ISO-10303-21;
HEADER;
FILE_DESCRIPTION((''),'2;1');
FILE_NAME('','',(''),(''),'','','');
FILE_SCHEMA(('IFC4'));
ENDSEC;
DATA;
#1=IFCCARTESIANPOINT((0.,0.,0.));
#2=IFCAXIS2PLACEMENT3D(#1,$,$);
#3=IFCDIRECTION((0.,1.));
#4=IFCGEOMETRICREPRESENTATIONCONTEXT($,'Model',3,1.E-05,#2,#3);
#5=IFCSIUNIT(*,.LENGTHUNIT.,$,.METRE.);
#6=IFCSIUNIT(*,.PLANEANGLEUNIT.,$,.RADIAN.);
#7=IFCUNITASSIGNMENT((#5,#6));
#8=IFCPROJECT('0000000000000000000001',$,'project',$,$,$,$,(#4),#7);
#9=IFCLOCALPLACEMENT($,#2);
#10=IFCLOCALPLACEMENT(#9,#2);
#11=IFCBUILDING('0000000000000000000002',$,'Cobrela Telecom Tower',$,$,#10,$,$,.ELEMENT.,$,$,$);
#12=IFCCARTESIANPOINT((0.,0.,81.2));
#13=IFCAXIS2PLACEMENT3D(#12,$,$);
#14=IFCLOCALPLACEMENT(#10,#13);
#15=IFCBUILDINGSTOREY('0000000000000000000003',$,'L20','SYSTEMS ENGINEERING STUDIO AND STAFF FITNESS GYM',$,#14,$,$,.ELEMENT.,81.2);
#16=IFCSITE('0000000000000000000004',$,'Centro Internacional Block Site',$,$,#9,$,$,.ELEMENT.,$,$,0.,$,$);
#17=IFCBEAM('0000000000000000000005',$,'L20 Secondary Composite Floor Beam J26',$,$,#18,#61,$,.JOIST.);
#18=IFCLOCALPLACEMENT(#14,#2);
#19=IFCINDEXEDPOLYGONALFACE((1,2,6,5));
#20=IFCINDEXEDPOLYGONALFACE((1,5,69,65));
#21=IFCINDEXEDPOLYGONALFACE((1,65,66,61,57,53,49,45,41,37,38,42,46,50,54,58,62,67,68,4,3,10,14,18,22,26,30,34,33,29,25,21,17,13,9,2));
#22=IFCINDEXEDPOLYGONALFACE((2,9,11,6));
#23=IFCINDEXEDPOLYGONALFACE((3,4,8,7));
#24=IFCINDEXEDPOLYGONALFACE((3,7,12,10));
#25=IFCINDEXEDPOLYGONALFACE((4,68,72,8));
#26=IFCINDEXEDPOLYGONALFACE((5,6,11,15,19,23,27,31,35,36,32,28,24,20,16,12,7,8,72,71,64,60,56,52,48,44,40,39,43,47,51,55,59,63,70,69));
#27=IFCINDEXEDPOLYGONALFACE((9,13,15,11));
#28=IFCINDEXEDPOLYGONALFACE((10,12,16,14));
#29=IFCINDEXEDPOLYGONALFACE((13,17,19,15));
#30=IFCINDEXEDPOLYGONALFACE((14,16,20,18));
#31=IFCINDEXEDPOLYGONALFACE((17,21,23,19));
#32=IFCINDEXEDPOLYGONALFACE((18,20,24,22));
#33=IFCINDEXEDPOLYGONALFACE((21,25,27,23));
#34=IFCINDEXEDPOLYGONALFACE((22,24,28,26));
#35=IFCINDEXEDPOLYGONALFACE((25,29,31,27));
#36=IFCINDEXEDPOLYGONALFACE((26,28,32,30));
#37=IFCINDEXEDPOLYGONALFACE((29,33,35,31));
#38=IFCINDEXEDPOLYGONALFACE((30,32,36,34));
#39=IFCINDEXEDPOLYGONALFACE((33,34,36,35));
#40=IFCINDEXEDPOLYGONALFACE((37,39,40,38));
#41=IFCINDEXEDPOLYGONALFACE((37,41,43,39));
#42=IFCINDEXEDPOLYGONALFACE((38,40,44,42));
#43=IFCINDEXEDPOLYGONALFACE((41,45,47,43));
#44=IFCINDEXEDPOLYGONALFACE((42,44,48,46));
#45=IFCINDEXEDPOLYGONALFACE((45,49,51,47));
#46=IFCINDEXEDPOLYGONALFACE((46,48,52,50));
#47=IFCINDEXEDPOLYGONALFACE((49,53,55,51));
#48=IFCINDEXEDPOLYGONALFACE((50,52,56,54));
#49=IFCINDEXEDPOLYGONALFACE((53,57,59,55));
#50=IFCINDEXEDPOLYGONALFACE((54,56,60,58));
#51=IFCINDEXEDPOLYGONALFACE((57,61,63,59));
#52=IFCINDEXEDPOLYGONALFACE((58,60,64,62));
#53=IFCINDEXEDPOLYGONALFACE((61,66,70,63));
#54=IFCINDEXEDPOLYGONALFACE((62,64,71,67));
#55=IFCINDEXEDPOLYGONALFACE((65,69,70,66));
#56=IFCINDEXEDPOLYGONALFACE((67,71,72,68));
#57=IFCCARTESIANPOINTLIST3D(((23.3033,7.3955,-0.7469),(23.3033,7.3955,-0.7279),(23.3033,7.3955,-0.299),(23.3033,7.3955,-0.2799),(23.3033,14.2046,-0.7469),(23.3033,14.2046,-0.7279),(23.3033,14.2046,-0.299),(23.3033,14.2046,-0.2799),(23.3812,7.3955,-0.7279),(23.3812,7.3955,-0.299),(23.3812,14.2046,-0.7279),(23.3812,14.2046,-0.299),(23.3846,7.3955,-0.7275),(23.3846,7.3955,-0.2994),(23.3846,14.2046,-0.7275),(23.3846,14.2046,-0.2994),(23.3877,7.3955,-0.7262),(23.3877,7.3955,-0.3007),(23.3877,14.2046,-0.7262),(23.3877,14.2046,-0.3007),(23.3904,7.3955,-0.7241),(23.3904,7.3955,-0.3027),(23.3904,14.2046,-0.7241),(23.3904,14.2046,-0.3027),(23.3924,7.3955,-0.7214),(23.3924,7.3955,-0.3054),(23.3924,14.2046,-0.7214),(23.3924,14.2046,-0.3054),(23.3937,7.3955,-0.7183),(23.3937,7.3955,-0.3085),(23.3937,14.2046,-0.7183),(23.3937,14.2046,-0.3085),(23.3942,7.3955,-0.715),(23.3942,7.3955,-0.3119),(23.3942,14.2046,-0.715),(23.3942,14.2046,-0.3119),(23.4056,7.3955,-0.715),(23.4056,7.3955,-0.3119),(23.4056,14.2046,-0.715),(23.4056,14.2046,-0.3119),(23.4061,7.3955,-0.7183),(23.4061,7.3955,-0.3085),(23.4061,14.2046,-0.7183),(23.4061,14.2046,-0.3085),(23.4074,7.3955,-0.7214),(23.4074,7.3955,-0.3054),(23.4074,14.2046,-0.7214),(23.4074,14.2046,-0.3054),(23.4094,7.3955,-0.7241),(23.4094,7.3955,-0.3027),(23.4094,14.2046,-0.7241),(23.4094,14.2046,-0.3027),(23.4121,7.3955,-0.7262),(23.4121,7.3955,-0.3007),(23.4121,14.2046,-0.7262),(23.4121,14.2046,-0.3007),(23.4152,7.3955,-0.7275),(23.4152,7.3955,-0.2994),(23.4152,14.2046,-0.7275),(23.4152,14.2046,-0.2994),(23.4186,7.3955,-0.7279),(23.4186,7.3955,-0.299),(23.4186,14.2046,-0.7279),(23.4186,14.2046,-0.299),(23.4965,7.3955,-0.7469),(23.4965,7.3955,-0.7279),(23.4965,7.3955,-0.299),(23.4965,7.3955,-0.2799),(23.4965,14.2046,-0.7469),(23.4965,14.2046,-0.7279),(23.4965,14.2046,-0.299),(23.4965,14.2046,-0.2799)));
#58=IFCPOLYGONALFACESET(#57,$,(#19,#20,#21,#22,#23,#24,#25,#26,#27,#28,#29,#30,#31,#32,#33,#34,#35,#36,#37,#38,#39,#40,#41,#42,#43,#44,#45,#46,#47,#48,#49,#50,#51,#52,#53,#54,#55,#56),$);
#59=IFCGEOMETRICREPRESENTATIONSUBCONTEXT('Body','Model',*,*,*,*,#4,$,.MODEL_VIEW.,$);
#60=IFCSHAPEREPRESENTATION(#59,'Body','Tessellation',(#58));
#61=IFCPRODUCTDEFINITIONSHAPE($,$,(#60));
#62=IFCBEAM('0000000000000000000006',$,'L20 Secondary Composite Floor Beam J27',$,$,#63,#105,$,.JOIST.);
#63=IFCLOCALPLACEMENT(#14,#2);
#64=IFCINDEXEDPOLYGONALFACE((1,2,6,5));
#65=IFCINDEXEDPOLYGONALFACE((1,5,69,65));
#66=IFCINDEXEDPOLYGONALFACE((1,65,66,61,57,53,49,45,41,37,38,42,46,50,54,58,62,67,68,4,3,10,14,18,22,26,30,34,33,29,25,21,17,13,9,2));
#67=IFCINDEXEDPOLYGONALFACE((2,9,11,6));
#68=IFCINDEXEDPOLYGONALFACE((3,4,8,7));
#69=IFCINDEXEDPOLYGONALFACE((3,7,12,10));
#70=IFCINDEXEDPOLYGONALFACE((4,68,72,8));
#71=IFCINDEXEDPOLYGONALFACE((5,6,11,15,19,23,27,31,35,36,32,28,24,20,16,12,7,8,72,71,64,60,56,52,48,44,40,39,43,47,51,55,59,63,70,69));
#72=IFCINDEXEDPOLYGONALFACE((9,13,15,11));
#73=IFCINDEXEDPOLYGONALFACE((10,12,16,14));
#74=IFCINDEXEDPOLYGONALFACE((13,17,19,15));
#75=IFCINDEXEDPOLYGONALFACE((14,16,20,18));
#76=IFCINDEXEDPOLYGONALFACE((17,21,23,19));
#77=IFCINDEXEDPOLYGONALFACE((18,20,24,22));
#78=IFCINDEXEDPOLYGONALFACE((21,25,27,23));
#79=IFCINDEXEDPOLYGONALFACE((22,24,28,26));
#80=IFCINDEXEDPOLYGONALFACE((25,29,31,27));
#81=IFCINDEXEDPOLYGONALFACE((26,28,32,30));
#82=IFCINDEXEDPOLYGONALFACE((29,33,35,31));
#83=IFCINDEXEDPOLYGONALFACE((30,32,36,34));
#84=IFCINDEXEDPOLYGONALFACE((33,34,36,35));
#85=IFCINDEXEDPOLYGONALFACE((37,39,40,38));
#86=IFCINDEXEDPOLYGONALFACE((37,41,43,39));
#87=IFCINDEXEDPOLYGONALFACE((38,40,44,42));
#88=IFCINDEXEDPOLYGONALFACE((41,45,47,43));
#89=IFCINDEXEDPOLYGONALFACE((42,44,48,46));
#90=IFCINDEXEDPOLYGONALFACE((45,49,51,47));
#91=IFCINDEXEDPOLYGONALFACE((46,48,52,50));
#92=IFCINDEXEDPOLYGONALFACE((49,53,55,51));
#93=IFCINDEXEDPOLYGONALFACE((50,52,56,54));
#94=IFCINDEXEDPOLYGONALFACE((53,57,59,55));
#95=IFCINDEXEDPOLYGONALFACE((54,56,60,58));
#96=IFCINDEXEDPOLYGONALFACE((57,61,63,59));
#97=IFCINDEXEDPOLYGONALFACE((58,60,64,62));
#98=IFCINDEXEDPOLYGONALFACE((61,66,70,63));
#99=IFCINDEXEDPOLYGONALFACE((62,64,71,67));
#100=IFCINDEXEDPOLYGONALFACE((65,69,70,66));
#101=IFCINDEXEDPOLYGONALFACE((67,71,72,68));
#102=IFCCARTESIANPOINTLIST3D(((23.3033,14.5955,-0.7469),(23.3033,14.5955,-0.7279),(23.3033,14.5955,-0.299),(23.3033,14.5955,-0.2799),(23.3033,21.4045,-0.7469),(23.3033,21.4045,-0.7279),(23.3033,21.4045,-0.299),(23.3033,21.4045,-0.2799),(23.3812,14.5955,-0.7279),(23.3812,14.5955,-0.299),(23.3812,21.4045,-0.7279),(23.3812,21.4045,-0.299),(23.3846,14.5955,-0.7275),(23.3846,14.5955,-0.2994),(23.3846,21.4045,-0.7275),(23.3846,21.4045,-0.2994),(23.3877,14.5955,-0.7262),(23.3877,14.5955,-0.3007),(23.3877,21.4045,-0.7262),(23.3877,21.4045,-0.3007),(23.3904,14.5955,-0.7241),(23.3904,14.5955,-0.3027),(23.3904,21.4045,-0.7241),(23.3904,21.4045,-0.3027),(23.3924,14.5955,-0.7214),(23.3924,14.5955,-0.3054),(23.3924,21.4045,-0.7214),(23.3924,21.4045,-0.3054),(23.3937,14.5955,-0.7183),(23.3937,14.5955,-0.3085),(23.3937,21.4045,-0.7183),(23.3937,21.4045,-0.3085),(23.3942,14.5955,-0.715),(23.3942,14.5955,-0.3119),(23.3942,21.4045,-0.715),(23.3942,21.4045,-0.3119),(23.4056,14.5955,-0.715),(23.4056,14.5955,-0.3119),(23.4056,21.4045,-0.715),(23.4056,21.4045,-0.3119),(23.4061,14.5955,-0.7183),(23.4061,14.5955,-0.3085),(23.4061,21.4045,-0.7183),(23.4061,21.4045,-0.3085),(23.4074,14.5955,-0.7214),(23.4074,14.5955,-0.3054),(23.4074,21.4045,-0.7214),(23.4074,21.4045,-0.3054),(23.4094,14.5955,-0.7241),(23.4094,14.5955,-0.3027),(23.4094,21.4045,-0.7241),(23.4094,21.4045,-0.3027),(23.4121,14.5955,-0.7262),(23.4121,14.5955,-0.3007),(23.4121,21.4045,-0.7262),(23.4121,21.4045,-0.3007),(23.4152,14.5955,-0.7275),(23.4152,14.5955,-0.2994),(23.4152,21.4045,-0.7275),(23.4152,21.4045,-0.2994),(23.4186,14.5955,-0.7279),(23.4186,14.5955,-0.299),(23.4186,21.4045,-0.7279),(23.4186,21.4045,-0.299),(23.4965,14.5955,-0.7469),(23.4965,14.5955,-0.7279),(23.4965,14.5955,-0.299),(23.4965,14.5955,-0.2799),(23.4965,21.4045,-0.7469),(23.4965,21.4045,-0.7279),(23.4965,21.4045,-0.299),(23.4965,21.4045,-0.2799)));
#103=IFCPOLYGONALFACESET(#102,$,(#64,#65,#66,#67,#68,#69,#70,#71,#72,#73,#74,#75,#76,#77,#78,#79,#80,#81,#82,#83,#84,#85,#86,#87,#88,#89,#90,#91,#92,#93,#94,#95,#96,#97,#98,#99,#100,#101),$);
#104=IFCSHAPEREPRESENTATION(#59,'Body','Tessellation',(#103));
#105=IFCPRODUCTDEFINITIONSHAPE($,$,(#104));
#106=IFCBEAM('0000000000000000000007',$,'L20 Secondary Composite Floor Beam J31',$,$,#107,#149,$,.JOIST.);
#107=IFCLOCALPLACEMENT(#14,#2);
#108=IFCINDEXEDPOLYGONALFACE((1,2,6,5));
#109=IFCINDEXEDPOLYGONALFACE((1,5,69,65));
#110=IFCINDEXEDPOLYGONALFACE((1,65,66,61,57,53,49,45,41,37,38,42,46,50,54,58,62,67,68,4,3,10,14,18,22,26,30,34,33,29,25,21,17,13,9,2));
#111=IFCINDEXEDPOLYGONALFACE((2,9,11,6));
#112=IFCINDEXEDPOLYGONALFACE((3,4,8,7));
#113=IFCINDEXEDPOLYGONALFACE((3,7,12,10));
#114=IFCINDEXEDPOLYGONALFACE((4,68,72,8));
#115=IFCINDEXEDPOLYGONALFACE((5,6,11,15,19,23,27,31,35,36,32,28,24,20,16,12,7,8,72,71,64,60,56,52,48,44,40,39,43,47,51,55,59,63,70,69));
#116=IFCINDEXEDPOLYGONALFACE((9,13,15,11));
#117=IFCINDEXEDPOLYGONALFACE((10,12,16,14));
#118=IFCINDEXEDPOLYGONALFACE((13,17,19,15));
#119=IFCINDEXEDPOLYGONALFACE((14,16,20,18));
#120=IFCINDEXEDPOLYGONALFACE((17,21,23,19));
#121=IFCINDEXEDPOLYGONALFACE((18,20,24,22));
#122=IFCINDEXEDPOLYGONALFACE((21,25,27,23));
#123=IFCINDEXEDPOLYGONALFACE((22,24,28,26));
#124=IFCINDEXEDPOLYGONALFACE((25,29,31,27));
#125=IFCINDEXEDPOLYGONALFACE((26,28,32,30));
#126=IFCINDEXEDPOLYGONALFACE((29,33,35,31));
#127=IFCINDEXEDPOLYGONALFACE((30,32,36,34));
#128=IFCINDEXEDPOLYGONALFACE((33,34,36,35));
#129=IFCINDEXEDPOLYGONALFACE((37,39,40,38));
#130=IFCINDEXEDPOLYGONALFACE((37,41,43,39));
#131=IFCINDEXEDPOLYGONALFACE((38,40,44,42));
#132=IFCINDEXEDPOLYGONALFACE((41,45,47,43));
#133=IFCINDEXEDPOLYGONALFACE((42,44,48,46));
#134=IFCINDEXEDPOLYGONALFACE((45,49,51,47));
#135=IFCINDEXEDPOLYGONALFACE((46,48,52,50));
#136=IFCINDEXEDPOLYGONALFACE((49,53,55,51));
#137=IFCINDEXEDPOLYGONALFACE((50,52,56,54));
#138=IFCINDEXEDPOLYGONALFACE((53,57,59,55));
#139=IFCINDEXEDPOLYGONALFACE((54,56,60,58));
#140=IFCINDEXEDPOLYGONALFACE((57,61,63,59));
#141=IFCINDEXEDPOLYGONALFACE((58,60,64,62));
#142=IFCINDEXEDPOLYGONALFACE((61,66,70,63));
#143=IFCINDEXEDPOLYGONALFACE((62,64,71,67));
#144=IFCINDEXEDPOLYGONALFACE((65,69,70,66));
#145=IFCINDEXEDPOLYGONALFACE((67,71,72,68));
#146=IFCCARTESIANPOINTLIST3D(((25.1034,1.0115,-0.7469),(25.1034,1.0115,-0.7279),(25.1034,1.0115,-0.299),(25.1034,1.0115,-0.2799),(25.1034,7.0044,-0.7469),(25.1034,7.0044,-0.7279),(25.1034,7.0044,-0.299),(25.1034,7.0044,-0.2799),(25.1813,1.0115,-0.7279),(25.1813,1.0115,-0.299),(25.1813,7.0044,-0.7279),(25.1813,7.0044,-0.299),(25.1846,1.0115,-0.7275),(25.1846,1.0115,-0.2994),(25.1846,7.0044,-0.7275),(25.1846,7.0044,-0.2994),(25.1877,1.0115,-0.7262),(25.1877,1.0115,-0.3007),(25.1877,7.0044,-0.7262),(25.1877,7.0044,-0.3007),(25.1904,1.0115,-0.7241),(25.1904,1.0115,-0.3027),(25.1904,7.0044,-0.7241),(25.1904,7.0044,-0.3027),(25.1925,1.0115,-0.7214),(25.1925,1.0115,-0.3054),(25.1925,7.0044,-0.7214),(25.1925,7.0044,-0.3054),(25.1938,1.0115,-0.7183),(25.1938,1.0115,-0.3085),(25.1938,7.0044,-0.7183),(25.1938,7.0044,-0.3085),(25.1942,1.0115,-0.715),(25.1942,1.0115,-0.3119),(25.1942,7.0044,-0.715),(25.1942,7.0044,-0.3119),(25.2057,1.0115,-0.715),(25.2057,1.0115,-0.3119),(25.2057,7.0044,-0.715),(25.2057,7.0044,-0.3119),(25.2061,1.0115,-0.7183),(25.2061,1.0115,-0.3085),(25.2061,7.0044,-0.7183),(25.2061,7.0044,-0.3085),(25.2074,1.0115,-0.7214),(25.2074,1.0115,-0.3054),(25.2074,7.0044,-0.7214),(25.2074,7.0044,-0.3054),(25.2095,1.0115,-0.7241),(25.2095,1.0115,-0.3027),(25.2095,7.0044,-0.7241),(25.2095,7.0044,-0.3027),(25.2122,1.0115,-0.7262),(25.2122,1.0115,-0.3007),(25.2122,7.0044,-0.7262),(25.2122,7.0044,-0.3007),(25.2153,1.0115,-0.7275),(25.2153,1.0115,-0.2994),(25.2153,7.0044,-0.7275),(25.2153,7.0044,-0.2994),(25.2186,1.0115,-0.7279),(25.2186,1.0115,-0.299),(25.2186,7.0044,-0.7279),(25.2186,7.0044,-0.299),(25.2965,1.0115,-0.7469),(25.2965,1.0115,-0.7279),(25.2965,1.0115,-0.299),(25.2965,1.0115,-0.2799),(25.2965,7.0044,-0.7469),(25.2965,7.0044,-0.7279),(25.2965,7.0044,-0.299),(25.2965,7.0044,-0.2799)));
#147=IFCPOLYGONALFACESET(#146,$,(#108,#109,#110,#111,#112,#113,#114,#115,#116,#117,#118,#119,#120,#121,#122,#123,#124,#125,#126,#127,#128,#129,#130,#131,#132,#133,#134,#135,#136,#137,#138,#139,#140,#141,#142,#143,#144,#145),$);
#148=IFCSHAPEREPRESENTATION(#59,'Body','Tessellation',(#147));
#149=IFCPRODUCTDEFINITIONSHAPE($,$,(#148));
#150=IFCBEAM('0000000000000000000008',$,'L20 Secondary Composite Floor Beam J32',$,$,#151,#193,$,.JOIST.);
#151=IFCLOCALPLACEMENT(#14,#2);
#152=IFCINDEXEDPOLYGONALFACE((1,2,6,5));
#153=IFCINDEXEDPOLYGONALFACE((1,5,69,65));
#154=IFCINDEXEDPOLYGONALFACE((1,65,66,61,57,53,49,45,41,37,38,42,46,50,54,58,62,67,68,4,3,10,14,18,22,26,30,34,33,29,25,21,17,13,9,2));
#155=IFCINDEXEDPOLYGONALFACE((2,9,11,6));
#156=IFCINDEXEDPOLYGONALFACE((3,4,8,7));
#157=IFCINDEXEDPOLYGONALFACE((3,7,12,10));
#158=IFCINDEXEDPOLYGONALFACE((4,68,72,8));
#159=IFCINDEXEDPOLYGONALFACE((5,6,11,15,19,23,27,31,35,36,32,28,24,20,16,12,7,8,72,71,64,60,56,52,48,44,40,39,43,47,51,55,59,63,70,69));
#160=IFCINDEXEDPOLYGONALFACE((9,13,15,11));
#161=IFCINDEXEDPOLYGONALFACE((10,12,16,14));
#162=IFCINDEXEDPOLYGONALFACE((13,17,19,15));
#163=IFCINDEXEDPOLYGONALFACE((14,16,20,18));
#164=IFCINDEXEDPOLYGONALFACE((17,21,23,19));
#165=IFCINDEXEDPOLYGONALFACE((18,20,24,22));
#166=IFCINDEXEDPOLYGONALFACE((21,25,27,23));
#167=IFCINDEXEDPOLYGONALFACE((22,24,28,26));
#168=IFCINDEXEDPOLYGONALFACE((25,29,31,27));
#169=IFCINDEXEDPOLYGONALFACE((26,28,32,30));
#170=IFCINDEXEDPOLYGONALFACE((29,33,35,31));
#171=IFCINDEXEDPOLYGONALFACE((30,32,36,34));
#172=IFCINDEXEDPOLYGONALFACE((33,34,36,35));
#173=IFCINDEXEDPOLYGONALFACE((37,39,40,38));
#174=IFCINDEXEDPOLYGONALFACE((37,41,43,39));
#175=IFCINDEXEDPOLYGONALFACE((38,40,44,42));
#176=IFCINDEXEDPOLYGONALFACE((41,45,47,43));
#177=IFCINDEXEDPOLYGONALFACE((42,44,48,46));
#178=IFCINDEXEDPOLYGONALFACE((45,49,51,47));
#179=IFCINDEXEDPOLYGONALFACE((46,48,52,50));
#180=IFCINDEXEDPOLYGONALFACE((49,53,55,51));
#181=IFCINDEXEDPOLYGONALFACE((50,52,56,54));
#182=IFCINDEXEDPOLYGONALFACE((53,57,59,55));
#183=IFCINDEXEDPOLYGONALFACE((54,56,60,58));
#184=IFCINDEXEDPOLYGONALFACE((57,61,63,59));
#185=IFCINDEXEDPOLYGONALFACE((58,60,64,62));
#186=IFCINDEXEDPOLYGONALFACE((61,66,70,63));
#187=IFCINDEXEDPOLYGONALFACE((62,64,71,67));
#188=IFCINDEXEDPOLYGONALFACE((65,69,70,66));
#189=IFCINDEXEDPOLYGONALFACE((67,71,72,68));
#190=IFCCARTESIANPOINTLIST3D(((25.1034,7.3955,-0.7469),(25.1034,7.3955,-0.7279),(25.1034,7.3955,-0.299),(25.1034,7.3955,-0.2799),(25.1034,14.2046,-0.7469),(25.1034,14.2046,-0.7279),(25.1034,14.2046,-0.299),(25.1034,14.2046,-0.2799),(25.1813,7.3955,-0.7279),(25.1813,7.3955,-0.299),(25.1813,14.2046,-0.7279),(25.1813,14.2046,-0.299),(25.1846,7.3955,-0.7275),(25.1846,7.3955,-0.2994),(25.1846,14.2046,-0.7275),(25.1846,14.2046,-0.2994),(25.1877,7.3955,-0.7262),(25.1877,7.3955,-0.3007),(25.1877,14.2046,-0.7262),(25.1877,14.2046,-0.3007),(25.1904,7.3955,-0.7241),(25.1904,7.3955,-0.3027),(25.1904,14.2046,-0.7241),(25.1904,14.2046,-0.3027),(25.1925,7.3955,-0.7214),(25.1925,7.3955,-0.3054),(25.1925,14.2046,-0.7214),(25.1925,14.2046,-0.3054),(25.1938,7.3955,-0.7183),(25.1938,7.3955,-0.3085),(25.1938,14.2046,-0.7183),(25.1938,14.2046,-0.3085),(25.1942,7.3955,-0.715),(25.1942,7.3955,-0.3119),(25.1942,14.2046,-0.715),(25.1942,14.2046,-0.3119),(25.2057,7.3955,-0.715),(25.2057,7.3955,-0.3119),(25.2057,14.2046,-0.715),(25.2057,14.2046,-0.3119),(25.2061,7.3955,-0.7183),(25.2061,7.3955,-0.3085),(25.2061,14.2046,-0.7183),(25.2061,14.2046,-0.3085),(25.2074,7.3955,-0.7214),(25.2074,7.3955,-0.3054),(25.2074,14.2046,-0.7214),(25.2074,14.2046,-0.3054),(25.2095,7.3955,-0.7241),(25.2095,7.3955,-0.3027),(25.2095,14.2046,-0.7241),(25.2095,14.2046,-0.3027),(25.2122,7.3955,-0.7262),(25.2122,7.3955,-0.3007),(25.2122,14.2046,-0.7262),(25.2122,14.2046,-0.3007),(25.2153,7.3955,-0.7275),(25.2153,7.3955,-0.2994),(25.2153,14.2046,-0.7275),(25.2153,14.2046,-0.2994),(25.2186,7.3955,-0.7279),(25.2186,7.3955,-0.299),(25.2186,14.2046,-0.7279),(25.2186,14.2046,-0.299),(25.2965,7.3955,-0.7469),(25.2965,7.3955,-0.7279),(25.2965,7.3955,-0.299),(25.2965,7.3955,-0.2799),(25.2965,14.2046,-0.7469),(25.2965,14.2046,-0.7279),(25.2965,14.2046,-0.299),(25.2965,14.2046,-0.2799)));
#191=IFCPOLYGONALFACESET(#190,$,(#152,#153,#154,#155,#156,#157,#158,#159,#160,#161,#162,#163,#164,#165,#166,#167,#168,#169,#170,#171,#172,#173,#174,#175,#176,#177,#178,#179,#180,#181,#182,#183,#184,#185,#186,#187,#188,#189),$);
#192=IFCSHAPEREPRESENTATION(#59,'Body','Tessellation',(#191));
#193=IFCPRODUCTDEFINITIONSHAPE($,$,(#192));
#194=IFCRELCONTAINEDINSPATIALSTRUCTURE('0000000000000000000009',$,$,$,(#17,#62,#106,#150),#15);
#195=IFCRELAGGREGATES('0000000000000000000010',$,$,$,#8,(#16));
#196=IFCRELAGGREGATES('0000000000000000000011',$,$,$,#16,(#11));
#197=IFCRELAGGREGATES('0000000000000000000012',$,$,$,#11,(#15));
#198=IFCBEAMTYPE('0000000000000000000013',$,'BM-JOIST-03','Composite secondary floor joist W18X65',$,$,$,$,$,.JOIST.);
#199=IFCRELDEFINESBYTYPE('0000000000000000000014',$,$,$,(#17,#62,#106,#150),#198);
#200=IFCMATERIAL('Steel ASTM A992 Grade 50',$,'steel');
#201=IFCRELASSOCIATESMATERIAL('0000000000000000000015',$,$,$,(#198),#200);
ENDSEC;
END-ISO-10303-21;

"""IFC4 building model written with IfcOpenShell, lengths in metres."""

from ifc_helpers import new_model, si_unit, direction, frame, origin, origin_2d, place, context, subcontext, project, spatial, i_section, extrude, material, material_profile, profile_set, type_object, element, save


model = new_model("IFC4")

# Units and contexts
model_context = context("Model", 3, precision=1e-05, world=origin(), true_north=direction((0.0, 1.0)))
body_context = subcontext(model_context, "Body", "Model", "MODEL_VIEW")
ifc_project = project(units=[si_unit("LENGTHUNIT", "METRE"), si_unit("PLANEANGLEUNIT", "RADIAN")], contexts=[model_context])

# Site, building, storey
site_placement = place(None, origin())
site = spatial("IfcSite", under=ifc_project, at=site_placement, Name="Centro Internacional Block Site", CompositionType="ELEMENT", RefElevation=0.0)
building_placement = place(site_placement, origin())
building = spatial("IfcBuilding", under=site, at=building_placement, Name="Cobrela Telecom Tower", CompositionType="ELEMENT")
storey_placement = place(building_placement, frame((0.0, 0.0, 81.2)))
storey = spatial("IfcBuildingStorey", under=building, at=storey_placement, Name="L20", Description="SYSTEMS ENGINEERING STUDIO AND STAFF FITNESS GYM", CompositionType="ELEMENT", Elevation=81.2)

# Shared definitions
ifc_material_1 = material(Name="Steel ASTM A992 Grade 50", Category="steel")

# Beams
ifc_material_profile_1 = material_profile(ifc_material_1, i_section(OverallWidth=0.1931, OverallDepth=0.467, WebThickness=0.0115, FlangeThickness=0.019, FilletRadius=0.0129, at=origin_2d()), Name="W18X65")
ifc_profile_set_1 = profile_set([ifc_material_profile_1], Name="Steel ASTM A992 Grade 50")
beam_type_1 = type_object("IfcBeamType", Name="BM-JOIST-03", Description="Composite secondary floor joist W18X65", PredefinedType="JOIST", material=ifc_profile_set_1)
for number, where, z_axis, x_axis, name in (
    (1, (23.3999, 7.3955, -0.5134), (0.0, 1.0, 0.0), (-1.0, 0.0, 0.0), "L20 Secondary Composite Floor Beam J26"),
    (2, (23.3999, 14.5955, -0.5134), (0.0, 1.0, 0.0), (-1.0, 0.0, 0.0), "L20 Secondary Composite Floor Beam J27"),
):
    element("IfcBeam", number, at=place(storey_placement, frame(where, z_axis=z_axis, x_axis=x_axis)), inside=storey, type_object=beam_type_1, Name=name, PredefinedType="JOIST", context=body_context, shape_type="SweptSolid", body=[
        extrude(i_section(OverallWidth=0.1931, OverallDepth=0.467, WebThickness=0.0115, FlangeThickness=0.019, FilletRadius=0.0129, at=origin_2d()), origin(), (0.0, 0.0, 1.0), 6.8091),
    ])
beam_1_placement = place(storey_placement, frame((25.2, 1.0115, -0.5134), z_axis=(0.0, 1.0, 0.0), x_axis=(-1.0, 0.0, 0.0)))
element("IfcBeam", 3, at=beam_1_placement, inside=storey, type_object=beam_type_1, Name="L20 Secondary Composite Floor Beam J31", PredefinedType="JOIST", context=body_context, shape_type="SweptSolid", body=[
    extrude(i_section(OverallWidth=0.1931, OverallDepth=0.467, WebThickness=0.0115, FlangeThickness=0.019, FilletRadius=0.0129, at=origin_2d()), origin(), (0.0, 0.0, 1.0), 5.9929),
])
for number, where, z_axis, x_axis, name in (
    (4, (25.2, 7.3955, -0.5134), (0.0, 1.0, 0.0), (-1.0, 0.0, 0.0), "L20 Secondary Composite Floor Beam J32"),
):
    element("IfcBeam", number, at=place(storey_placement, frame(where, z_axis=z_axis, x_axis=x_axis)), inside=storey, type_object=beam_type_1, Name=name, PredefinedType="JOIST", context=body_context, shape_type="SweptSolid", body=[
        extrude(i_section(OverallWidth=0.1931, OverallDepth=0.467, WebThickness=0.0115, FlangeThickness=0.019, FilletRadius=0.0129, at=origin_2d()), origin(), (0.0, 0.0, 1.0), 6.8091),
    ])

save(model, "model.ifc")
